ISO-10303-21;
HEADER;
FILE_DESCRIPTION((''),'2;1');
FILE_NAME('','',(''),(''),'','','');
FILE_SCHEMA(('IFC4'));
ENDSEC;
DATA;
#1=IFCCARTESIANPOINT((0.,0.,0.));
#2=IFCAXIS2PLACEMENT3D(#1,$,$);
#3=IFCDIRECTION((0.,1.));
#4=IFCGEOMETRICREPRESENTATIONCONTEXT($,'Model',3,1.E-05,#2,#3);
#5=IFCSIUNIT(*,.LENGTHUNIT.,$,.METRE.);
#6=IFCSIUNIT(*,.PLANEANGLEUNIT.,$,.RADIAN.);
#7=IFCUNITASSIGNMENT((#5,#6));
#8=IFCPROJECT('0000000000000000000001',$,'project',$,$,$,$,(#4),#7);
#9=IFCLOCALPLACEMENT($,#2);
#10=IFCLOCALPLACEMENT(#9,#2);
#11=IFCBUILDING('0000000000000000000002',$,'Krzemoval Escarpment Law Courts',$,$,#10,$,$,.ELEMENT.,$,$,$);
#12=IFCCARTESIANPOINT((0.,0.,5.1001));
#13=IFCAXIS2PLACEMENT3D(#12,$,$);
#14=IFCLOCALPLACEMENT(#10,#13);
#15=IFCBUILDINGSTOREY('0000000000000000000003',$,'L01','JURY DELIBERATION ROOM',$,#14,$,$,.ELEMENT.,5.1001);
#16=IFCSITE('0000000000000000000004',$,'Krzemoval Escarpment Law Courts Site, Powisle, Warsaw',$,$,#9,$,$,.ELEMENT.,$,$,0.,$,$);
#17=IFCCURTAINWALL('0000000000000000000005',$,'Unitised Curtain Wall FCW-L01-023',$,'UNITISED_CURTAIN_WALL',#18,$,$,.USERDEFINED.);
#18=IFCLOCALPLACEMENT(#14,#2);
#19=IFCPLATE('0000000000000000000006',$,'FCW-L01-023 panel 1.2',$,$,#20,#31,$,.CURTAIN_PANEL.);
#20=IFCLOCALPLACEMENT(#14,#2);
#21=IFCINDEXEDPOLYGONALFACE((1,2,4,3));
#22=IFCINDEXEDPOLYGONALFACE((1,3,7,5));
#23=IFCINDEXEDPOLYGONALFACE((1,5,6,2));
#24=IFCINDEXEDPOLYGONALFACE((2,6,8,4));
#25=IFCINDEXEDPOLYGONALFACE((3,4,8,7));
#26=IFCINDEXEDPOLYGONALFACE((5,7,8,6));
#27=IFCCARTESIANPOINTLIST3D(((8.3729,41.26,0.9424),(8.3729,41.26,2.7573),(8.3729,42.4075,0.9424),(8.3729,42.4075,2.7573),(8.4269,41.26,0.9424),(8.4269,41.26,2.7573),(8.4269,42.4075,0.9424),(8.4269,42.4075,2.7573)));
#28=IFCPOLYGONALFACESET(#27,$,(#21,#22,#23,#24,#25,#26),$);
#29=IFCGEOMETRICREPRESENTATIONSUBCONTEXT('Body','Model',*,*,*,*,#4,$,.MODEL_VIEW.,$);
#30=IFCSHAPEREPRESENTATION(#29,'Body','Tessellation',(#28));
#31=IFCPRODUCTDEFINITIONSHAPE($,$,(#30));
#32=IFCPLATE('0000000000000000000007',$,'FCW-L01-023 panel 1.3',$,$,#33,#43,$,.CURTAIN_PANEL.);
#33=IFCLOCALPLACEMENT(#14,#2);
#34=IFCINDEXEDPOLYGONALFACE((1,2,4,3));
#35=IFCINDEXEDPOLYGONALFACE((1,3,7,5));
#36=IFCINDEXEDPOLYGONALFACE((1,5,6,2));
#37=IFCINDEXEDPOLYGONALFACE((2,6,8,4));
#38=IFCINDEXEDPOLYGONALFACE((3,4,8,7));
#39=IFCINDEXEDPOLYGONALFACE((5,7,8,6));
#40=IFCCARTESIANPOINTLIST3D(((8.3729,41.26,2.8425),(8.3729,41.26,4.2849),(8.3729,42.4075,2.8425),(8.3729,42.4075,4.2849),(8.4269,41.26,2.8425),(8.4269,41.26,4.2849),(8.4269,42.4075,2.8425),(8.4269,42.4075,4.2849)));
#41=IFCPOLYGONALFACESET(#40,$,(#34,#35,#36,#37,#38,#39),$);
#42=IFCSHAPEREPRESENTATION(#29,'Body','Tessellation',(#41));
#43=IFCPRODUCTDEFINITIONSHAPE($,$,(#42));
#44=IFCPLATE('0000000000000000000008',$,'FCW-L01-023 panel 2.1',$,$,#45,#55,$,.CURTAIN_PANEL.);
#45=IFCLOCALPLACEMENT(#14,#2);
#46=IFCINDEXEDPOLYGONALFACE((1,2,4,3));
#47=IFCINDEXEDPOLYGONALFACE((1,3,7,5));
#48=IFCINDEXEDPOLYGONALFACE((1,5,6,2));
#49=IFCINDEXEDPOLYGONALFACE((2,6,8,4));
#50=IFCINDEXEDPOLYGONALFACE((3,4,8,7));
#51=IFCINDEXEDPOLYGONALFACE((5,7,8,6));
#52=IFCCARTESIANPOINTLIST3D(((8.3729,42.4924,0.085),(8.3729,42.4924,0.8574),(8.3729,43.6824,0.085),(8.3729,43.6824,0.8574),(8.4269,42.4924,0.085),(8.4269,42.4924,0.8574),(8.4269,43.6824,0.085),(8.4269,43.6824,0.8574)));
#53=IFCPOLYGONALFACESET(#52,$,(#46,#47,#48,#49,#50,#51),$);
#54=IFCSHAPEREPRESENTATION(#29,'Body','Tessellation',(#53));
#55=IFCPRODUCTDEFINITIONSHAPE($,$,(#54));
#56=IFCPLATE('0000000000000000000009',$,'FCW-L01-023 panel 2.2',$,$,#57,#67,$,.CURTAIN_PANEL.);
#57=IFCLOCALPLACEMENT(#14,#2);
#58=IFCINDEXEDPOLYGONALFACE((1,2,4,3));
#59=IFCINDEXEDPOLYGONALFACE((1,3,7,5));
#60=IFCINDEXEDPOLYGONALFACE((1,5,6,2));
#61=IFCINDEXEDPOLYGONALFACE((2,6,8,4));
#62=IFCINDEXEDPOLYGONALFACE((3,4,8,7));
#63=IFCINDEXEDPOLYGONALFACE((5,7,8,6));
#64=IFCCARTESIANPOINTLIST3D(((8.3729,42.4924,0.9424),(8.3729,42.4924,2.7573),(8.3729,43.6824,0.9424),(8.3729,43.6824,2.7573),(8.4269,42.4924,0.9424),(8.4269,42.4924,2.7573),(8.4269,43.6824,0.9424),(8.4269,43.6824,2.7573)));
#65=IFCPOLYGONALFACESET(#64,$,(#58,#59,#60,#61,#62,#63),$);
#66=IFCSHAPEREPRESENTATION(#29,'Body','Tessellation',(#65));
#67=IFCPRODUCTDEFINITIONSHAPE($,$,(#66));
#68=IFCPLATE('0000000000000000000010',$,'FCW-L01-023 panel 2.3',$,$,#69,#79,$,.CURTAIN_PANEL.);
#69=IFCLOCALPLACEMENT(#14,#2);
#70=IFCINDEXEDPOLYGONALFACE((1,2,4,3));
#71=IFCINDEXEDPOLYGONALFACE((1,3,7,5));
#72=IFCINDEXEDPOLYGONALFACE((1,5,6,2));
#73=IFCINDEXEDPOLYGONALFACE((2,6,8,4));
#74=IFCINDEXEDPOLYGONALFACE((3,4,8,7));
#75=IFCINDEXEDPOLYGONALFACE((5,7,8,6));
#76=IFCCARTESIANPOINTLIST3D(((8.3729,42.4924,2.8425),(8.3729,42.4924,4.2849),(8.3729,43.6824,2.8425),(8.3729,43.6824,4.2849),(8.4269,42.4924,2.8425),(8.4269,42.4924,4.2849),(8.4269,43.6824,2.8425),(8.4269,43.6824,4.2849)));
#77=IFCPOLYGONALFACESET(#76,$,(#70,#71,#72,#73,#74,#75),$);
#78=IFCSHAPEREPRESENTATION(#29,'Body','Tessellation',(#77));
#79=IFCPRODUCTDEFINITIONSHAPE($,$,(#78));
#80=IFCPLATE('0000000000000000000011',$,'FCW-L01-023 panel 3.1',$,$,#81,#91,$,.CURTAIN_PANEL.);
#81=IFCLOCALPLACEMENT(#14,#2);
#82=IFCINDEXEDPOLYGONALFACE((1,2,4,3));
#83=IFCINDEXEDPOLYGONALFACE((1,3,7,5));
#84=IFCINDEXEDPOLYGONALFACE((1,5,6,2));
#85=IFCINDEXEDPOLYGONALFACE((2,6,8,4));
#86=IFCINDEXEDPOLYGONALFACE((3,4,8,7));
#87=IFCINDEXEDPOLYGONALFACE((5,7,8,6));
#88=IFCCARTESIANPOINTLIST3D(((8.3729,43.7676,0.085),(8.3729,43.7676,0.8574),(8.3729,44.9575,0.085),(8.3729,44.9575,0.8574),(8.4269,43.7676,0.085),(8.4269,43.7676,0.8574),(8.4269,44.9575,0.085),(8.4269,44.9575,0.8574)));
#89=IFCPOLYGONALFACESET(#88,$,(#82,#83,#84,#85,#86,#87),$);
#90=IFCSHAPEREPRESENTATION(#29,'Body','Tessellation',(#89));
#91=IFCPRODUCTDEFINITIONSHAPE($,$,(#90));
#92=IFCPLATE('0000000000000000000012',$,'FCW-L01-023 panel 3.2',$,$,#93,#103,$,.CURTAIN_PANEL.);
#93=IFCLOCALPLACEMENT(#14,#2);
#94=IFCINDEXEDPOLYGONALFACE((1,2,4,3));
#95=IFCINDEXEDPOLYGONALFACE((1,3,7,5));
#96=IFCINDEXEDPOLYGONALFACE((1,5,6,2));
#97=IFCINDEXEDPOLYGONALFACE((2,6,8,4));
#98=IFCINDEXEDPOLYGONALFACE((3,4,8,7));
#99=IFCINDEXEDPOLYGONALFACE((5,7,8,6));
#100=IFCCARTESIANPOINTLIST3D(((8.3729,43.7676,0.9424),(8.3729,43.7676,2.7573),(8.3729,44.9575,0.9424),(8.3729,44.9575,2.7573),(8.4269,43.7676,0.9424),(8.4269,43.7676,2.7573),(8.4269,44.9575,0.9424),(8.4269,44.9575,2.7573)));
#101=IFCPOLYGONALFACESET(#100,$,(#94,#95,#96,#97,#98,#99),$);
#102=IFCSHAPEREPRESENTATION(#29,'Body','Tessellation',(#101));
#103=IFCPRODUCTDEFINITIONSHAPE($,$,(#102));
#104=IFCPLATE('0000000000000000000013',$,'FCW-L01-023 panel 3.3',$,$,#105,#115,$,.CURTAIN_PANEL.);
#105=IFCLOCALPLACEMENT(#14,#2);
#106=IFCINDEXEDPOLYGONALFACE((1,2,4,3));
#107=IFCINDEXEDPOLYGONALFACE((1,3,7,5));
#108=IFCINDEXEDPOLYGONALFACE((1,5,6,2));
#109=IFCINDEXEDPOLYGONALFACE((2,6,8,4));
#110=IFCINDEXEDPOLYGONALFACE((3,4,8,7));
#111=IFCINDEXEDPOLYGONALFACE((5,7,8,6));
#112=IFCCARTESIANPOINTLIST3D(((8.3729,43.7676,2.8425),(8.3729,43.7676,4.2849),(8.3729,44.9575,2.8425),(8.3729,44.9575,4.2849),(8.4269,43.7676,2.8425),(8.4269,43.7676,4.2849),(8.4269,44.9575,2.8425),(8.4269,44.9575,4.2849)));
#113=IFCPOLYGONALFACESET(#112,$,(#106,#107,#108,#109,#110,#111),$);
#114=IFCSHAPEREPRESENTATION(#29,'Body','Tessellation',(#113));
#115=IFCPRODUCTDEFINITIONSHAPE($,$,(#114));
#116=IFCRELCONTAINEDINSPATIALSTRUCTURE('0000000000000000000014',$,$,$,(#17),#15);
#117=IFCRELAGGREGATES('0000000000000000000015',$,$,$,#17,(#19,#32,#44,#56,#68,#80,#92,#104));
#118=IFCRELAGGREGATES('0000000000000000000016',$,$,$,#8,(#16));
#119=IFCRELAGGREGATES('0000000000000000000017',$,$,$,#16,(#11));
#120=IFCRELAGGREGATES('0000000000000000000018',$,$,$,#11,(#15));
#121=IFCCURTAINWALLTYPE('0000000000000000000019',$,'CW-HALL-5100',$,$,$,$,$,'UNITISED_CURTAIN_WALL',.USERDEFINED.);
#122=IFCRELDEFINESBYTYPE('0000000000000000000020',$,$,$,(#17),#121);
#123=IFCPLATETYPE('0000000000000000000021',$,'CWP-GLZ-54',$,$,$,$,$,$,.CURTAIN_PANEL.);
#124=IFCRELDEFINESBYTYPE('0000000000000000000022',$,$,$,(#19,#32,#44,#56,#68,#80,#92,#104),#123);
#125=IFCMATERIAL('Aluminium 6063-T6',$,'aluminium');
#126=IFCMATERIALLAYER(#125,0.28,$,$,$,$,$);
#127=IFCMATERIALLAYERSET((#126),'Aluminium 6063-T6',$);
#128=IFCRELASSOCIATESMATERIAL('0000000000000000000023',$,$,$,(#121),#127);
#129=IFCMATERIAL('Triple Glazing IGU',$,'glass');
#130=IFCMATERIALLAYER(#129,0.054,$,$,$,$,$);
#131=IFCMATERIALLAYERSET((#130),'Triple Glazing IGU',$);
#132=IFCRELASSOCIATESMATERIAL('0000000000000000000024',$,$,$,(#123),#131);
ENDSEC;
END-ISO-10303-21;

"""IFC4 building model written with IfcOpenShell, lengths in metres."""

from ifc_helpers import new_model, si_unit, direction, frame, origin, origin_2d, place, context, subcontext, project, spatial, rectangle, extrude, material, layer, layer_set, type_object, element, aggregate, save


model = new_model("IFC4")

# Units and contexts
model_context = context("Model", 3, precision=1e-05, world=origin(), true_north=direction((0.0, 1.0)))
body_context = subcontext(model_context, "Body", "Model", "MODEL_VIEW")
ifc_project = project(units=[si_unit("LENGTHUNIT", "METRE"), si_unit("PLANEANGLEUNIT", "RADIAN")], contexts=[model_context])

# Site, building, storey
site_placement = place(None, origin())
site = spatial("IfcSite", under=ifc_project, at=site_placement, Name="Krzemoval Escarpment Law Courts Site, Powisle, Warsaw", CompositionType="ELEMENT", RefElevation=0.0)
building_placement = place(site_placement, origin())
building = spatial("IfcBuilding", under=site, at=building_placement, Name="Krzemoval Escarpment Law Courts", CompositionType="ELEMENT")
storey_placement = place(building_placement, frame((0.0, 0.0, 5.1001)))
storey = spatial("IfcBuildingStorey", under=building, at=storey_placement, Name="L01", Description="JURY DELIBERATION ROOM", CompositionType="ELEMENT", Elevation=5.1001)

# Curtain wall
ifc_material_1 = material(Name="Aluminium 6063-T6", Category="aluminium")
ifc_layer_1 = layer(ifc_material_1, 0.28)
ifc_layer_set_1 = layer_set([ifc_layer_1], Name="Aluminium 6063-T6")
curtain_wall_type = type_object("IfcCurtainWallType", Name="CW-HALL-5100", ElementType="UNITISED_CURTAIN_WALL", PredefinedType="USERDEFINED", material=ifc_layer_set_1)
curtain_wall_placement = place(storey_placement, origin())
curtain_wall = element("IfcCurtainWall", 1, at=curtain_wall_placement, inside=storey, type_object=curtain_wall_type, Name="Unitised Curtain Wall FCW-L01-023", ObjectType="UNITISED_CURTAIN_WALL", PredefinedType="USERDEFINED")

# Plates
ifc_material_2 = material(Name="Triple Glazing IGU", Category="glass")
ifc_layer_2 = layer(ifc_material_2, 0.054)
ifc_layer_set_2 = layer_set([ifc_layer_2], Name="Triple Glazing IGU")
plate_type = type_object("IfcPlateType", Name="CWP-GLZ-54", PredefinedType="CURTAIN_PANEL", material=ifc_layer_set_2)
plate_1_placement = place(storey_placement, frame((8.3999, 41.8337, 0.9424), z_axis=(0.0, 0.0, 1.0), x_axis=(0.0, 1.0, 0.0)))
plate_1 = element("IfcPlate", 2, at=plate_1_placement, type_object=plate_type, Name="FCW-L01-023 panel 1.2", PredefinedType="CURTAIN_PANEL", context=body_context, shape_type="SweptSolid", body=[
    extrude(rectangle(XDim=1.1475, YDim=0.054, at=origin_2d()), origin(), (0.0, 0.0, 1.0), 1.8149),
])
plate_2_placement = place(storey_placement, frame((8.3999, 41.8337, 2.8425), z_axis=(0.0, 0.0, 1.0), x_axis=(0.0, 1.0, 0.0)))
plate_2 = element("IfcPlate", 3, at=plate_2_placement, type_object=plate_type, Name="FCW-L01-023 panel 1.3", PredefinedType="CURTAIN_PANEL", context=body_context, shape_type="SweptSolid", body=[
    extrude(rectangle(XDim=1.1475, YDim=0.054, at=origin_2d()), origin(), (0.0, 0.0, 1.0), 1.4424),
])
plate_3_placement = place(storey_placement, frame((8.3999, 43.0874, 0.085), z_axis=(0.0, 0.0, 1.0), x_axis=(0.0, 1.0, 0.0)))
plate_3 = element("IfcPlate", 4, at=plate_3_placement, type_object=plate_type, Name="FCW-L01-023 panel 2.1", PredefinedType="CURTAIN_PANEL", context=body_context, shape_type="SweptSolid", body=[
    extrude(rectangle(XDim=1.1899, YDim=0.054, at=origin_2d()), origin(), (0.0, 0.0, 1.0), 0.7725),
])
plate_4_placement = place(storey_placement, frame((8.3999, 43.0874, 0.9424), z_axis=(0.0, 0.0, 1.0), x_axis=(0.0, 1.0, 0.0)))
plate_4 = element("IfcPlate", 5, at=plate_4_placement, type_object=plate_type, Name="FCW-L01-023 panel 2.2", PredefinedType="CURTAIN_PANEL", context=body_context, shape_type="SweptSolid", body=[
    extrude(rectangle(XDim=1.1899, YDim=0.054, at=origin_2d()), origin(), (0.0, 0.0, 1.0), 1.8149),
])
plate_5_placement = place(storey_placement, frame((8.3999, 43.0874, 2.8425), z_axis=(0.0, 0.0, 1.0), x_axis=(0.0, 1.0, 0.0)))
plate_5 = element("IfcPlate", 6, at=plate_5_placement, type_object=plate_type, Name="FCW-L01-023 panel 2.3", PredefinedType="CURTAIN_PANEL", context=body_context, shape_type="SweptSolid", body=[
    extrude(rectangle(XDim=1.1899, YDim=0.054, at=origin_2d()), origin(), (0.0, 0.0, 1.0), 1.4424),
])
plate_6_placement = place(storey_placement, frame((8.3999, 44.3625, 0.085), z_axis=(0.0, 0.0, 1.0), x_axis=(0.0, 1.0, 0.0)))
plate_6 = element("IfcPlate", 7, at=plate_6_placement, type_object=plate_type, Name="FCW-L01-023 panel 3.1", PredefinedType="CURTAIN_PANEL", context=body_context, shape_type="SweptSolid", body=[
    extrude(rectangle(XDim=1.1899, YDim=0.054, at=origin_2d()), origin(), (0.0, 0.0, 1.0), 0.7725),
])
plate_7_placement = place(storey_placement, frame((8.3999, 44.3625, 0.9424), z_axis=(0.0, 0.0, 1.0), x_axis=(0.0, 1.0, 0.0)))
plate_7 = element("IfcPlate", 8, at=plate_7_placement, type_object=plate_type, Name="FCW-L01-023 panel 3.2", PredefinedType="CURTAIN_PANEL", context=body_context, shape_type="SweptSolid", body=[
    extrude(rectangle(XDim=1.1899, YDim=0.054, at=origin_2d()), origin(), (0.0, 0.0, 1.0), 1.8149),
])
plate_8_placement = place(storey_placement, frame((8.3999, 44.3625, 2.8425), z_axis=(0.0, 0.0, 1.0), x_axis=(0.0, 1.0, 0.0)))
plate_8 = element("IfcPlate", 9, at=plate_8_placement, type_object=plate_type, Name="FCW-L01-023 panel 3.3", PredefinedType="CURTAIN_PANEL", context=body_context, shape_type="SweptSolid", body=[
    extrude(rectangle(XDim=1.1899, YDim=0.054, at=origin_2d()), origin(), (0.0, 0.0, 1.0), 1.4424),
])
aggregate(curtain_wall, [plate_1, plate_2, plate_3, plate_4, plate_5, plate_6, plate_7, plate_8])

save(model, "model.ifc")
